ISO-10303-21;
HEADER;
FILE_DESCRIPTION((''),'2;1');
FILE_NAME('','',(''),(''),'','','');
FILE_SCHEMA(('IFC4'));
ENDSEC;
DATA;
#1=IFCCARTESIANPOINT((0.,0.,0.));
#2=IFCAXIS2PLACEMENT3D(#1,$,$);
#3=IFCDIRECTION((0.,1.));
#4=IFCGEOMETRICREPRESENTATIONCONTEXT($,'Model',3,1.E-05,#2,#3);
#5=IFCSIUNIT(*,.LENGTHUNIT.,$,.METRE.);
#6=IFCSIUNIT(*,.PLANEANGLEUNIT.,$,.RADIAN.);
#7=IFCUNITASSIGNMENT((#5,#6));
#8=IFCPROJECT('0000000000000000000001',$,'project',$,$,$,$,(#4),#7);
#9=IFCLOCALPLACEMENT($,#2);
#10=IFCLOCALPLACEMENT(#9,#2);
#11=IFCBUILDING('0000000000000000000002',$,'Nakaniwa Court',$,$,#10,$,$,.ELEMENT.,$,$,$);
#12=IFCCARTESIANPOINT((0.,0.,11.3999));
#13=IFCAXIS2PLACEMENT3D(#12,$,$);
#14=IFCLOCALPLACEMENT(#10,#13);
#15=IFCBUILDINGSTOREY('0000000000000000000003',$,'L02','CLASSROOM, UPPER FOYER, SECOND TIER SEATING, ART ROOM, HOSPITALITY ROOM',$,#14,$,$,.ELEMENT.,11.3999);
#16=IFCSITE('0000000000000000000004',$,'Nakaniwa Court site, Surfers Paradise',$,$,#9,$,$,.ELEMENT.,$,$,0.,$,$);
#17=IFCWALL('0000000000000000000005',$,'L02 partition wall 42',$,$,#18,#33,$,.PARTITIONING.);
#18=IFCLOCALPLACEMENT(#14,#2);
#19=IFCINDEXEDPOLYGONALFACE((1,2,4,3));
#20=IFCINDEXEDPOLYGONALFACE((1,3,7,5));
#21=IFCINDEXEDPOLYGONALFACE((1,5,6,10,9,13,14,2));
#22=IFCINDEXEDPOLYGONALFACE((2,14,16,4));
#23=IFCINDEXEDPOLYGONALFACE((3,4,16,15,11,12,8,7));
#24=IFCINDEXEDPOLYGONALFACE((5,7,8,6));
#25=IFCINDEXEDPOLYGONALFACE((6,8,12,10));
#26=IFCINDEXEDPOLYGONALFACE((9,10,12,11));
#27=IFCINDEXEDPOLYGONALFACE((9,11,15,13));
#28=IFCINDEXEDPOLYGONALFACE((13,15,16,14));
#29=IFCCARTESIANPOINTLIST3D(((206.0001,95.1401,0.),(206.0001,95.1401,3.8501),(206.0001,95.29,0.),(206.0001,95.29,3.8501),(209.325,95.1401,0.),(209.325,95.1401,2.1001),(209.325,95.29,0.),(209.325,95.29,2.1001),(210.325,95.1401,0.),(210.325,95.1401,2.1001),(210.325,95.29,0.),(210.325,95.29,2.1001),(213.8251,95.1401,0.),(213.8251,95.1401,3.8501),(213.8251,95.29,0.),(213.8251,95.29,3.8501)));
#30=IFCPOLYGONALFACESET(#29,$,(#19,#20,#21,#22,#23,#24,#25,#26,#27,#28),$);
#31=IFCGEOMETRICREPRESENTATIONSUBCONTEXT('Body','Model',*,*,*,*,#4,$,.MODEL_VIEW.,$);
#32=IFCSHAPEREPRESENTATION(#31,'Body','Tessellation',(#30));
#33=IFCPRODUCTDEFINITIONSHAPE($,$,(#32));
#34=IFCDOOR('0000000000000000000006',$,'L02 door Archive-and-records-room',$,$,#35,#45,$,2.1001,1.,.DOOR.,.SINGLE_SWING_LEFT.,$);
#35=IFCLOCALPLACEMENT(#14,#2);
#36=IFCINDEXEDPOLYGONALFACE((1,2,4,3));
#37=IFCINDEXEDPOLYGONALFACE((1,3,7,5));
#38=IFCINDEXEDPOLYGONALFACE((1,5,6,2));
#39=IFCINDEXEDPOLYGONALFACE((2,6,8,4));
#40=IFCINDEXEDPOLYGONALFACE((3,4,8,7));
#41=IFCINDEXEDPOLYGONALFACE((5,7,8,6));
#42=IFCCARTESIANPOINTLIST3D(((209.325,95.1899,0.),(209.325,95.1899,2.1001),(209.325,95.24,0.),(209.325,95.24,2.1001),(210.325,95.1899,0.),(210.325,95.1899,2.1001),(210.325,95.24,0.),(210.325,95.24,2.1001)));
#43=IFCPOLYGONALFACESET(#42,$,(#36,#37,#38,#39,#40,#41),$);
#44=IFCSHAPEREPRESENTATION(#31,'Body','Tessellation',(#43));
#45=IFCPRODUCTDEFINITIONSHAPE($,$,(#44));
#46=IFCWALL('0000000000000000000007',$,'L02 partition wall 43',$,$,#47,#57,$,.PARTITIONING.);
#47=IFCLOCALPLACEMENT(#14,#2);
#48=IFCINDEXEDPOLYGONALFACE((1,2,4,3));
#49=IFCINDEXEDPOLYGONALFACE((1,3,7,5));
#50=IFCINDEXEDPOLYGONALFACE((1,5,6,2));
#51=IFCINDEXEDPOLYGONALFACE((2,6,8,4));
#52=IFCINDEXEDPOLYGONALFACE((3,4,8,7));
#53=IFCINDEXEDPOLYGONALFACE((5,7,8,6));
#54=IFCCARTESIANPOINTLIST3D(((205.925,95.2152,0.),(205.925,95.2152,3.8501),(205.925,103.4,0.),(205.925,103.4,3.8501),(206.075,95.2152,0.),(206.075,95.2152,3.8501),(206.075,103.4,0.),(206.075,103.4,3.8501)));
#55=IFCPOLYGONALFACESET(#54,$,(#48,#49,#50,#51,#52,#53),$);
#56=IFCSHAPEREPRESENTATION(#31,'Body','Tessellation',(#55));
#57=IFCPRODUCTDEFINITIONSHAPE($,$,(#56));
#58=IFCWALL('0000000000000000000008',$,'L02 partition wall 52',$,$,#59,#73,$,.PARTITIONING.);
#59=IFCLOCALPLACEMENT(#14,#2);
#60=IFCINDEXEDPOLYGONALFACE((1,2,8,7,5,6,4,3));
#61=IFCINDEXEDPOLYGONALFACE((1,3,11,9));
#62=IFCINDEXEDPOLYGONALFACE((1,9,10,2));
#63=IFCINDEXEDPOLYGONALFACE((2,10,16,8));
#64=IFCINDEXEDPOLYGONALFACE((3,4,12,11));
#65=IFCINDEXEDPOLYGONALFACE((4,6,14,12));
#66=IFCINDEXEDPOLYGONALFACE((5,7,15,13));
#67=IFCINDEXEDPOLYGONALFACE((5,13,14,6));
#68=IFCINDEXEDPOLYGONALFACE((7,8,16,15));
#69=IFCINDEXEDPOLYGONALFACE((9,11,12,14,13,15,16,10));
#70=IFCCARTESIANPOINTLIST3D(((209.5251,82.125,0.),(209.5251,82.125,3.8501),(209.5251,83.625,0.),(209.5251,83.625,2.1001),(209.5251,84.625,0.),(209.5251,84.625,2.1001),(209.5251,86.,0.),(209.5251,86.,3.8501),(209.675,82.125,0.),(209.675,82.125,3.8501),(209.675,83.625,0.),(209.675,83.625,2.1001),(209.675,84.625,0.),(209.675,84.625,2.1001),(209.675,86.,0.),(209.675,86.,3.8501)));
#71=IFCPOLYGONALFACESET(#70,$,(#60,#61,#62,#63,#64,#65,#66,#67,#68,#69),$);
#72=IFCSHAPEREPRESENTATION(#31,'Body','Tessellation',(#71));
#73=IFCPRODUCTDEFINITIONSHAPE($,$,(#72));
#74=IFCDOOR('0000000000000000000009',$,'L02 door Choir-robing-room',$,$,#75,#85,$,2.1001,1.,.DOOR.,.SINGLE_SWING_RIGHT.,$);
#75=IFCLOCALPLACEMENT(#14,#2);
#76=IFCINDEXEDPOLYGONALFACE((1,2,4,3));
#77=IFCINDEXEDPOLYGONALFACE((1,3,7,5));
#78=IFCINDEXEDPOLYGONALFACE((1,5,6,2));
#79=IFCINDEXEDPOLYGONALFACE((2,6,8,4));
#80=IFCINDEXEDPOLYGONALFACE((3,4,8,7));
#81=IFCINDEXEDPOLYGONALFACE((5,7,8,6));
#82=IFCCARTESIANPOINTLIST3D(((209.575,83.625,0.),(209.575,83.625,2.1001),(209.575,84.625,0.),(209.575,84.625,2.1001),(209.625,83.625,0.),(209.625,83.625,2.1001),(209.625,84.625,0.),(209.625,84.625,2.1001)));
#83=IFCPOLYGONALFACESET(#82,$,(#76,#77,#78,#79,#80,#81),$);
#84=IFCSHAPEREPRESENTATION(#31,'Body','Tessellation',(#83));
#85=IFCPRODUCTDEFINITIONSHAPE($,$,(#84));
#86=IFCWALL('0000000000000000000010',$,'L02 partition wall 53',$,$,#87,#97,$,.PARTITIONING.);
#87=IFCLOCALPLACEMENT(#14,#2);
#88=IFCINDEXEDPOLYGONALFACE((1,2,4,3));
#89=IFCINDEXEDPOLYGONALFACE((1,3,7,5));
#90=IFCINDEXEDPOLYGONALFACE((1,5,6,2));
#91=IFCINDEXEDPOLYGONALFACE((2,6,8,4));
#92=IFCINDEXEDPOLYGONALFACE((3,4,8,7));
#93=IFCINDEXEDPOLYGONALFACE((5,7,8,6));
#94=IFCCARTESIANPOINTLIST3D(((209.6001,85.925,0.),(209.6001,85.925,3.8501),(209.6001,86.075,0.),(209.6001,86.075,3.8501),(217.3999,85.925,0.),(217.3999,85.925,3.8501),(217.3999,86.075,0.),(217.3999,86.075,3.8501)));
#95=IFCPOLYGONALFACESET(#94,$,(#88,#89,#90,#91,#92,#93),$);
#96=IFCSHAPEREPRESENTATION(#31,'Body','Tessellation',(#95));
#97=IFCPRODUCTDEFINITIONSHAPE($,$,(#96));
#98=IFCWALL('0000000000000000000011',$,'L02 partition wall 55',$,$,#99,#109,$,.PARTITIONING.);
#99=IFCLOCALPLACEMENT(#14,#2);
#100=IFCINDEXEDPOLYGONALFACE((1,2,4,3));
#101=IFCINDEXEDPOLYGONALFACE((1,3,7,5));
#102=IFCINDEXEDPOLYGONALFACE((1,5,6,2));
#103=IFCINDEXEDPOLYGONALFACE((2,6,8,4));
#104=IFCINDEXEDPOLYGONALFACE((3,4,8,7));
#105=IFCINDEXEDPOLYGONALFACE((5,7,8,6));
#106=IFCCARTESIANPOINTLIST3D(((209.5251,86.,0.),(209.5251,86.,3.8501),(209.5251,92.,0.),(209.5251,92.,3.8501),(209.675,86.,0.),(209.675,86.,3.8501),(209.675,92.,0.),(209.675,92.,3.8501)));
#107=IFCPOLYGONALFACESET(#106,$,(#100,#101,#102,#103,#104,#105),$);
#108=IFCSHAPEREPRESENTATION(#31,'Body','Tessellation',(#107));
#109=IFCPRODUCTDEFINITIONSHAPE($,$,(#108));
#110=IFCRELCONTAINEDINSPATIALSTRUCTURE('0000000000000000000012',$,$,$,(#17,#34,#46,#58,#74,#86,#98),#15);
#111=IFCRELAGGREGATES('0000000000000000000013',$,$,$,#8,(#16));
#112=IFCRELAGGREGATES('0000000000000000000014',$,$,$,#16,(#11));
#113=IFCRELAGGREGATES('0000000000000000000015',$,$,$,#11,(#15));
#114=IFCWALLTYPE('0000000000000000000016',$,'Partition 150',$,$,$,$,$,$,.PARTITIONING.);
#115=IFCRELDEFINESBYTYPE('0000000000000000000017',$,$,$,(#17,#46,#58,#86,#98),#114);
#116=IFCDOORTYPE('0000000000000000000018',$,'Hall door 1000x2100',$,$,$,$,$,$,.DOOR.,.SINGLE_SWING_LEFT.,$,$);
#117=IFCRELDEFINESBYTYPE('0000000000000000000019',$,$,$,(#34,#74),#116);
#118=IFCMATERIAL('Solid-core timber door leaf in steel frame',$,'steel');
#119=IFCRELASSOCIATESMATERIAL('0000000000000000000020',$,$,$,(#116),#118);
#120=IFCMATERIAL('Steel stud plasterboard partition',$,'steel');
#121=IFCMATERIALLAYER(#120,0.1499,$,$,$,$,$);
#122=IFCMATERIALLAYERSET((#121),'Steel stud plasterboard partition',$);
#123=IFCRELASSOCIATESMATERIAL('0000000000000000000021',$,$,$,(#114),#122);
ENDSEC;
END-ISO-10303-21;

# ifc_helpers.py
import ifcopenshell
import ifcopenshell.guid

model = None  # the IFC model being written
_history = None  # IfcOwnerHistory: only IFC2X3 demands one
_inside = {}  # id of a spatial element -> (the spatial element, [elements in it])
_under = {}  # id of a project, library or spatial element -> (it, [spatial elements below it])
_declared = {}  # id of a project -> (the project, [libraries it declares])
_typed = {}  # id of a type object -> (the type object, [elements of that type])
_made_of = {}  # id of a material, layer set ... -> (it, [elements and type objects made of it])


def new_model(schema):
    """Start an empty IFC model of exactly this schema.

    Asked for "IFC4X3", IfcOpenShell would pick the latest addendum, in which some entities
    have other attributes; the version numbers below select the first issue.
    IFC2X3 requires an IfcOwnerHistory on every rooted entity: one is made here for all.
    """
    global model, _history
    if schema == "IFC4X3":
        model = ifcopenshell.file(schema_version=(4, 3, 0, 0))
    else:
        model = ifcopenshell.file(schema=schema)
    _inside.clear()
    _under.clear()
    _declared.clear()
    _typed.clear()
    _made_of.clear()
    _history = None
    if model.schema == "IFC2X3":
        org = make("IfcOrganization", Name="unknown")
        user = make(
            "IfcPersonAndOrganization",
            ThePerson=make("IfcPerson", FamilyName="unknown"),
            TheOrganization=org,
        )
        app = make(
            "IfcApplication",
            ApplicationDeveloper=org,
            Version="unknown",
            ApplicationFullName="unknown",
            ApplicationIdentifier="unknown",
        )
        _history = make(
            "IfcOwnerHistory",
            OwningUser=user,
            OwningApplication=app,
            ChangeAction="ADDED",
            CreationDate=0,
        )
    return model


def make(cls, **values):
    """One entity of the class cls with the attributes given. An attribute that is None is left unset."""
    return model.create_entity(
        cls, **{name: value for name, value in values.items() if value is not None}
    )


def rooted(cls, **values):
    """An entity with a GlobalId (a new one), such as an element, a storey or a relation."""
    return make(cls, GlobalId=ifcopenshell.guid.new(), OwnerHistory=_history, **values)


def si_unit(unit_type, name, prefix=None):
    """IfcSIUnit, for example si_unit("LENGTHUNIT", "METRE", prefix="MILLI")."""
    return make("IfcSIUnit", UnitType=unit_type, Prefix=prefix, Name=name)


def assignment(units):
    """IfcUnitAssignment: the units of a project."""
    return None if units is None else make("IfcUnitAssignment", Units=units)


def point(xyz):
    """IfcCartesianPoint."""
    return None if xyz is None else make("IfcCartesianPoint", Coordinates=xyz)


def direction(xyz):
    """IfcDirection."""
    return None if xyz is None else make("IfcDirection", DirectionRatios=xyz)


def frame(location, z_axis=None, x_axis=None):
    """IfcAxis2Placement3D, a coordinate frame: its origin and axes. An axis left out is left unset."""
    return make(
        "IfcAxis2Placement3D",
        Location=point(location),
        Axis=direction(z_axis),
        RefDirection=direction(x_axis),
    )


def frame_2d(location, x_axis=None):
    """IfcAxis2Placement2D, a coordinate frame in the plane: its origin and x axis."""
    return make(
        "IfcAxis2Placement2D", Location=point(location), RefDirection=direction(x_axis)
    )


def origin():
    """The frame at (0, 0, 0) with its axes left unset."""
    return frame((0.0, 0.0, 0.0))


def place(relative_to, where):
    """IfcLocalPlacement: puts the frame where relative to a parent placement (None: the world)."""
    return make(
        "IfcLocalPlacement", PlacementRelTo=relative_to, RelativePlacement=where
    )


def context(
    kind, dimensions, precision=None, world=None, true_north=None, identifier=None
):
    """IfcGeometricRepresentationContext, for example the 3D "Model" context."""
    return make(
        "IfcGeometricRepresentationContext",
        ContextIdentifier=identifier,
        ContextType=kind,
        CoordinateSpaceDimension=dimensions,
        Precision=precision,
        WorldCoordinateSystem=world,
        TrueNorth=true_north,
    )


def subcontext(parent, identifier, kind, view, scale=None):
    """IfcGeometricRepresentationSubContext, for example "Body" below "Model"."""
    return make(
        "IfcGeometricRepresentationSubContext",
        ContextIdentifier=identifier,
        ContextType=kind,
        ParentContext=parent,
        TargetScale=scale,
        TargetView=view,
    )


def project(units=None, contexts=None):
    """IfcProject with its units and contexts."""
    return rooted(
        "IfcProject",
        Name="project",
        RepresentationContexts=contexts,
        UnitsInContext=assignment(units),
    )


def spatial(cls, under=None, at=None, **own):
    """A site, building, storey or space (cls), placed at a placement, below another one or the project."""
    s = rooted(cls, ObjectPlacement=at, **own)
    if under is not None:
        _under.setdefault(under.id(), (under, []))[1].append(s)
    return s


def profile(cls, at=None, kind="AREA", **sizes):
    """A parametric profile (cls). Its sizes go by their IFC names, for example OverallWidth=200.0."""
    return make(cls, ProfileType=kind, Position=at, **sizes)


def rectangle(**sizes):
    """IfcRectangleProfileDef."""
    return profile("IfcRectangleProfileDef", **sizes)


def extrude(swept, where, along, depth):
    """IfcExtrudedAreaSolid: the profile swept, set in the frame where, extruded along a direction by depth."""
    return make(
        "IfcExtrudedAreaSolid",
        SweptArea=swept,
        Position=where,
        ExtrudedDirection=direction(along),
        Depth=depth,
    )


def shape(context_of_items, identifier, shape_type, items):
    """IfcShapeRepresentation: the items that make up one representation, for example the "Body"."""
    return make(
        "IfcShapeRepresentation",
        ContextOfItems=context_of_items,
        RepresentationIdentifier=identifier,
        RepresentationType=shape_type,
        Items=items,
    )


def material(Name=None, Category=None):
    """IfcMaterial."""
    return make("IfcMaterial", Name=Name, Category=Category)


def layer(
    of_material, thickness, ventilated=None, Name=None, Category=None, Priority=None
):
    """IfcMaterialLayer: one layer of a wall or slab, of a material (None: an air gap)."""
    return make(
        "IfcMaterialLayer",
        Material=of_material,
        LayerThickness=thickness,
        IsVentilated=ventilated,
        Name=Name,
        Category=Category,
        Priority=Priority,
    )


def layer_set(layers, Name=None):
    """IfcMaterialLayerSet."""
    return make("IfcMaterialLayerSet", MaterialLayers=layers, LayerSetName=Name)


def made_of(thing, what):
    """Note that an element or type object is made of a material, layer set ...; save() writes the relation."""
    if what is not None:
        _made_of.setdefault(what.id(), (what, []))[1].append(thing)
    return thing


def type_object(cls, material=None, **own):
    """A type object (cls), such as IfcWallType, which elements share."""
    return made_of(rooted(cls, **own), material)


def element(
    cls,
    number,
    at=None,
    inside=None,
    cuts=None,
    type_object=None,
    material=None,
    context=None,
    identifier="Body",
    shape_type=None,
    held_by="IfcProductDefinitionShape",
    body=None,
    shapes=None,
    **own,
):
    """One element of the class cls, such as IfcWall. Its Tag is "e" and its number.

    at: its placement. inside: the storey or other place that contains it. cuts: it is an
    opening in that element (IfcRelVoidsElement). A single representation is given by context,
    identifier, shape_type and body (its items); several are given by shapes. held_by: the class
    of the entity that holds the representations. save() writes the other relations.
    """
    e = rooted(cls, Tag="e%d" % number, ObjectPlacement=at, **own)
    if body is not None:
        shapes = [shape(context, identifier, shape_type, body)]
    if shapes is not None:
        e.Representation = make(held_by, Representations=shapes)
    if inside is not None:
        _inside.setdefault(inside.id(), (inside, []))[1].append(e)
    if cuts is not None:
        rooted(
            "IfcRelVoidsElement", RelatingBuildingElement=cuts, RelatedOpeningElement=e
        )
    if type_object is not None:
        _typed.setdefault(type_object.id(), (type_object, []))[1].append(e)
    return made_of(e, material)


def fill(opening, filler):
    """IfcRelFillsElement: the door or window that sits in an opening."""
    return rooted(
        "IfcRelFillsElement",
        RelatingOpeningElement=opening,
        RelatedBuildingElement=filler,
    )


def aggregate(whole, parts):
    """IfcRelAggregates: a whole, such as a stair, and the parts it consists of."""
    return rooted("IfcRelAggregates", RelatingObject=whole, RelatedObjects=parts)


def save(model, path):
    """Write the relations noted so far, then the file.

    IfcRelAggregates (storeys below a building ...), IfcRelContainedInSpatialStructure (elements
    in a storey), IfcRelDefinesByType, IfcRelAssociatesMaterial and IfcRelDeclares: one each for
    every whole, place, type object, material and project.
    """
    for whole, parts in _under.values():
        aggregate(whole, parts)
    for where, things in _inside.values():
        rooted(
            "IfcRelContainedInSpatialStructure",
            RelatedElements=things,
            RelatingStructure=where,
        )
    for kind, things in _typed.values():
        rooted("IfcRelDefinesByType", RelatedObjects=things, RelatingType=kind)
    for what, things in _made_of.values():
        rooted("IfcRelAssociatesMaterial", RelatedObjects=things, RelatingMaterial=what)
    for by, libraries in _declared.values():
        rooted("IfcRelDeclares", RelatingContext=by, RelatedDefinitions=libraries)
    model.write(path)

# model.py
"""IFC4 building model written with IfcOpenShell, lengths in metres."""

from ifc_helpers import new_model, si_unit, direction, frame, frame_2d, origin, place, context, subcontext, project, spatial, rectangle, extrude, material, layer, layer_set, type_object, element, fill, save


model = new_model("IFC4")

# Units and contexts
model_context = context("Model", 3, precision=1e-05, world=origin(), true_north=direction((0.0, 1.0)))
body_context = subcontext(model_context, "Body", "Model", "MODEL_VIEW")
ifc_project = project(units=[si_unit("LENGTHUNIT", "METRE"), si_unit("PLANEANGLEUNIT", "RADIAN")], contexts=[model_context])

# Site, building, storey
site_placement = place(None, origin())
site = spatial("IfcSite", under=ifc_project, at=site_placement, Name="Nakaniwa Court site, Surfers Paradise", CompositionType="ELEMENT", RefElevation=0.0)
building_placement = place(site_placement, origin())
building = spatial("IfcBuilding", under=site, at=building_placement, Name="Nakaniwa Court", CompositionType="ELEMENT")
storey_placement = place(building_placement, frame((0.0, 0.0, 11.3999)))
storey = spatial("IfcBuildingStorey", under=building, at=storey_placement, Name="L02", Description="CLASSROOM, UPPER FOYER, SECOND TIER SEATING, ART ROOM, HOSPITALITY ROOM", CompositionType="ELEMENT", Elevation=11.3999)

# Shared definitions
ifc_material_1 = material(Name="Solid-core timber door leaf in steel frame", Category="steel")
door_type_1 = type_object("IfcDoorType", Name="Hall door 1000x2100", OperationType="SINGLE_SWING_LEFT", PredefinedType="DOOR", material=ifc_material_1)

# Shared definitions
ifc_material_2 = material(Name="Steel stud plasterboard partition", Category="steel")
ifc_layer_1 = layer(ifc_material_2, 0.1499)
ifc_layer_set_1 = layer_set([ifc_layer_1], Name="Steel stud plasterboard partition")
wall_type_1 = type_object("IfcWallType", Name="Partition 150", PredefinedType="PARTITIONING", material=ifc_layer_set_1)

# Wall, opening, door
wall_1_placement = place(storey_placement, frame((206.0, 95.2151, 0.0), z_axis=(0.0, 0.0, 1.0), x_axis=(1.0, 0.0, 0.0)))
wall_1 = element("IfcWall", 1, at=wall_1_placement, inside=storey, type_object=wall_type_1, Name="L02 partition wall 42", PredefinedType="PARTITIONING", context=body_context, shape_type="SweptSolid", body=[
    extrude(rectangle(XDim=7.825, YDim=0.1499, at=frame_2d((3.9126, 0.0))), origin(), (0.0, 0.0, 1.0), 3.8501),
])
opening_1_placement = place(wall_1_placement, frame((3.325, 0.0, 0.0)))
opening_1 = element("IfcOpeningElement", 2, at=opening_1_placement, cuts=wall_1, PredefinedType="OPENING", context=body_context, shape_type="SweptSolid", body=[
    extrude(rectangle(XDim=1.0, YDim=2.1001, at=frame_2d((0.5, 1.05))), frame((0.0, 0.085, 0.0), z_axis=(0.0, -1.0, 0.0), x_axis=(1.0, 0.0, 0.0)), (0.0, 0.0, 1.0), 0.1699),
])
door_1_placement = place(opening_1_placement, origin())
door_1 = element("IfcDoor", 3, at=door_1_placement, inside=storey, type_object=door_type_1, Name="L02 door Archive-and-records-room", OperationType="SINGLE_SWING_LEFT", OverallHeight=2.1001, OverallWidth=1.0, PredefinedType="DOOR", context=body_context, shape_type="SweptSolid", body=[
    extrude(rectangle(XDim=1.0, YDim=2.1001, at=frame_2d((0.5, 1.05))), frame((0.0, 0.0249, 0.0), z_axis=(0.0, -1.0, 0.0), x_axis=(1.0, 0.0, 0.0)), (0.0, 0.0, 1.0), 0.05),
])
fill(opening_1, door_1)

# Wall
wall_2_placement = place(storey_placement, frame((206.0, 103.3999, 0.0), z_axis=(0.0, 0.0, 1.0), x_axis=(0.0, -1.0, 0.0)))
element("IfcWall", 4, at=wall_2_placement, inside=storey, type_object=wall_type_1, Name="L02 partition wall 43", PredefinedType="PARTITIONING", context=body_context, shape_type="SweptSolid", body=[
    extrude(rectangle(XDim=8.1848, YDim=0.1499, at=frame_2d((4.0923, 0.0))), origin(), (0.0, 0.0, 1.0), 3.8501),
])

# Wall, opening, door
wall_3_placement = place(storey_placement, frame((209.6001, 86.0, 0.0), z_axis=(0.0, 0.0, 1.0), x_axis=(0.0, -1.0, 0.0)))
wall_3 = element("IfcWall", 5, at=wall_3_placement, inside=storey, type_object=wall_type_1, Name="L02 partition wall 52", PredefinedType="PARTITIONING", context=body_context, shape_type="SweptSolid", body=[
    extrude(rectangle(XDim=3.875, YDim=0.1499, at=frame_2d((1.9375, 0.0))), origin(), (0.0, 0.0, 1.0), 3.8501),
])
opening_2_placement = place(wall_3_placement, frame((1.375, 0.0, 0.0)))
opening_2 = element("IfcOpeningElement", 6, at=opening_2_placement, cuts=wall_3, PredefinedType="OPENING", context=body_context, shape_type="SweptSolid", body=[
    extrude(rectangle(XDim=1.0, YDim=2.1001, at=frame_2d((0.5, 1.05))), frame((0.0, 0.085, 0.0), z_axis=(0.0, -1.0, 0.0), x_axis=(1.0, 0.0, 0.0)), (0.0, 0.0, 1.0), 0.1699),
])
door_2_placement = place(opening_2_placement, origin())
door_2 = element("IfcDoor", 7, at=door_2_placement, inside=storey, type_object=door_type_1, Name="L02 door Choir-robing-room", OperationType="SINGLE_SWING_RIGHT", OverallHeight=2.1001, OverallWidth=1.0, PredefinedType="DOOR", context=body_context, shape_type="SweptSolid", body=[
    extrude(rectangle(XDim=1.0, YDim=2.1001, at=frame_2d((0.5, 1.05))), frame((0.0, 0.0249, 0.0), z_axis=(0.0, -1.0, 0.0), x_axis=(1.0, 0.0, 0.0)), (0.0, 0.0, 1.0), 0.05),
])
fill(opening_2, door_2)

# Walls
wall_4_placement = place(storey_placement, frame((209.6001, 86.0, 0.0), z_axis=(0.0, 0.0, 1.0), x_axis=(1.0, 0.0, 0.0)))
element("IfcWall", 8, at=wall_4_placement, inside=storey, type_object=wall_type_1, Name="L02 partition wall 53", PredefinedType="PARTITIONING", context=body_context, shape_type="SweptSolid", body=[
    extrude(rectangle(XDim=7.7998, YDim=0.1499, at=frame_2d((3.8999, 0.0))), origin(), (0.0, 0.0, 1.0), 3.8501),
])
wall_5_placement = place(storey_placement, frame((209.6001, 92.0, 0.0), z_axis=(0.0, 0.0, 1.0), x_axis=(0.0, -1.0, 0.0)))
element("IfcWall", 9, at=wall_5_placement, inside=storey, type_object=wall_type_1, Name="L02 partition wall 55", PredefinedType="PARTITIONING", context=body_context, shape_type="SweptSolid", body=[
    extrude(rectangle(XDim=6.0, YDim=0.1499, at=frame_2d((3.0, 0.0))), origin(), (0.0, 0.0, 1.0), 3.8501),
])

save(model, "model.ifc")
